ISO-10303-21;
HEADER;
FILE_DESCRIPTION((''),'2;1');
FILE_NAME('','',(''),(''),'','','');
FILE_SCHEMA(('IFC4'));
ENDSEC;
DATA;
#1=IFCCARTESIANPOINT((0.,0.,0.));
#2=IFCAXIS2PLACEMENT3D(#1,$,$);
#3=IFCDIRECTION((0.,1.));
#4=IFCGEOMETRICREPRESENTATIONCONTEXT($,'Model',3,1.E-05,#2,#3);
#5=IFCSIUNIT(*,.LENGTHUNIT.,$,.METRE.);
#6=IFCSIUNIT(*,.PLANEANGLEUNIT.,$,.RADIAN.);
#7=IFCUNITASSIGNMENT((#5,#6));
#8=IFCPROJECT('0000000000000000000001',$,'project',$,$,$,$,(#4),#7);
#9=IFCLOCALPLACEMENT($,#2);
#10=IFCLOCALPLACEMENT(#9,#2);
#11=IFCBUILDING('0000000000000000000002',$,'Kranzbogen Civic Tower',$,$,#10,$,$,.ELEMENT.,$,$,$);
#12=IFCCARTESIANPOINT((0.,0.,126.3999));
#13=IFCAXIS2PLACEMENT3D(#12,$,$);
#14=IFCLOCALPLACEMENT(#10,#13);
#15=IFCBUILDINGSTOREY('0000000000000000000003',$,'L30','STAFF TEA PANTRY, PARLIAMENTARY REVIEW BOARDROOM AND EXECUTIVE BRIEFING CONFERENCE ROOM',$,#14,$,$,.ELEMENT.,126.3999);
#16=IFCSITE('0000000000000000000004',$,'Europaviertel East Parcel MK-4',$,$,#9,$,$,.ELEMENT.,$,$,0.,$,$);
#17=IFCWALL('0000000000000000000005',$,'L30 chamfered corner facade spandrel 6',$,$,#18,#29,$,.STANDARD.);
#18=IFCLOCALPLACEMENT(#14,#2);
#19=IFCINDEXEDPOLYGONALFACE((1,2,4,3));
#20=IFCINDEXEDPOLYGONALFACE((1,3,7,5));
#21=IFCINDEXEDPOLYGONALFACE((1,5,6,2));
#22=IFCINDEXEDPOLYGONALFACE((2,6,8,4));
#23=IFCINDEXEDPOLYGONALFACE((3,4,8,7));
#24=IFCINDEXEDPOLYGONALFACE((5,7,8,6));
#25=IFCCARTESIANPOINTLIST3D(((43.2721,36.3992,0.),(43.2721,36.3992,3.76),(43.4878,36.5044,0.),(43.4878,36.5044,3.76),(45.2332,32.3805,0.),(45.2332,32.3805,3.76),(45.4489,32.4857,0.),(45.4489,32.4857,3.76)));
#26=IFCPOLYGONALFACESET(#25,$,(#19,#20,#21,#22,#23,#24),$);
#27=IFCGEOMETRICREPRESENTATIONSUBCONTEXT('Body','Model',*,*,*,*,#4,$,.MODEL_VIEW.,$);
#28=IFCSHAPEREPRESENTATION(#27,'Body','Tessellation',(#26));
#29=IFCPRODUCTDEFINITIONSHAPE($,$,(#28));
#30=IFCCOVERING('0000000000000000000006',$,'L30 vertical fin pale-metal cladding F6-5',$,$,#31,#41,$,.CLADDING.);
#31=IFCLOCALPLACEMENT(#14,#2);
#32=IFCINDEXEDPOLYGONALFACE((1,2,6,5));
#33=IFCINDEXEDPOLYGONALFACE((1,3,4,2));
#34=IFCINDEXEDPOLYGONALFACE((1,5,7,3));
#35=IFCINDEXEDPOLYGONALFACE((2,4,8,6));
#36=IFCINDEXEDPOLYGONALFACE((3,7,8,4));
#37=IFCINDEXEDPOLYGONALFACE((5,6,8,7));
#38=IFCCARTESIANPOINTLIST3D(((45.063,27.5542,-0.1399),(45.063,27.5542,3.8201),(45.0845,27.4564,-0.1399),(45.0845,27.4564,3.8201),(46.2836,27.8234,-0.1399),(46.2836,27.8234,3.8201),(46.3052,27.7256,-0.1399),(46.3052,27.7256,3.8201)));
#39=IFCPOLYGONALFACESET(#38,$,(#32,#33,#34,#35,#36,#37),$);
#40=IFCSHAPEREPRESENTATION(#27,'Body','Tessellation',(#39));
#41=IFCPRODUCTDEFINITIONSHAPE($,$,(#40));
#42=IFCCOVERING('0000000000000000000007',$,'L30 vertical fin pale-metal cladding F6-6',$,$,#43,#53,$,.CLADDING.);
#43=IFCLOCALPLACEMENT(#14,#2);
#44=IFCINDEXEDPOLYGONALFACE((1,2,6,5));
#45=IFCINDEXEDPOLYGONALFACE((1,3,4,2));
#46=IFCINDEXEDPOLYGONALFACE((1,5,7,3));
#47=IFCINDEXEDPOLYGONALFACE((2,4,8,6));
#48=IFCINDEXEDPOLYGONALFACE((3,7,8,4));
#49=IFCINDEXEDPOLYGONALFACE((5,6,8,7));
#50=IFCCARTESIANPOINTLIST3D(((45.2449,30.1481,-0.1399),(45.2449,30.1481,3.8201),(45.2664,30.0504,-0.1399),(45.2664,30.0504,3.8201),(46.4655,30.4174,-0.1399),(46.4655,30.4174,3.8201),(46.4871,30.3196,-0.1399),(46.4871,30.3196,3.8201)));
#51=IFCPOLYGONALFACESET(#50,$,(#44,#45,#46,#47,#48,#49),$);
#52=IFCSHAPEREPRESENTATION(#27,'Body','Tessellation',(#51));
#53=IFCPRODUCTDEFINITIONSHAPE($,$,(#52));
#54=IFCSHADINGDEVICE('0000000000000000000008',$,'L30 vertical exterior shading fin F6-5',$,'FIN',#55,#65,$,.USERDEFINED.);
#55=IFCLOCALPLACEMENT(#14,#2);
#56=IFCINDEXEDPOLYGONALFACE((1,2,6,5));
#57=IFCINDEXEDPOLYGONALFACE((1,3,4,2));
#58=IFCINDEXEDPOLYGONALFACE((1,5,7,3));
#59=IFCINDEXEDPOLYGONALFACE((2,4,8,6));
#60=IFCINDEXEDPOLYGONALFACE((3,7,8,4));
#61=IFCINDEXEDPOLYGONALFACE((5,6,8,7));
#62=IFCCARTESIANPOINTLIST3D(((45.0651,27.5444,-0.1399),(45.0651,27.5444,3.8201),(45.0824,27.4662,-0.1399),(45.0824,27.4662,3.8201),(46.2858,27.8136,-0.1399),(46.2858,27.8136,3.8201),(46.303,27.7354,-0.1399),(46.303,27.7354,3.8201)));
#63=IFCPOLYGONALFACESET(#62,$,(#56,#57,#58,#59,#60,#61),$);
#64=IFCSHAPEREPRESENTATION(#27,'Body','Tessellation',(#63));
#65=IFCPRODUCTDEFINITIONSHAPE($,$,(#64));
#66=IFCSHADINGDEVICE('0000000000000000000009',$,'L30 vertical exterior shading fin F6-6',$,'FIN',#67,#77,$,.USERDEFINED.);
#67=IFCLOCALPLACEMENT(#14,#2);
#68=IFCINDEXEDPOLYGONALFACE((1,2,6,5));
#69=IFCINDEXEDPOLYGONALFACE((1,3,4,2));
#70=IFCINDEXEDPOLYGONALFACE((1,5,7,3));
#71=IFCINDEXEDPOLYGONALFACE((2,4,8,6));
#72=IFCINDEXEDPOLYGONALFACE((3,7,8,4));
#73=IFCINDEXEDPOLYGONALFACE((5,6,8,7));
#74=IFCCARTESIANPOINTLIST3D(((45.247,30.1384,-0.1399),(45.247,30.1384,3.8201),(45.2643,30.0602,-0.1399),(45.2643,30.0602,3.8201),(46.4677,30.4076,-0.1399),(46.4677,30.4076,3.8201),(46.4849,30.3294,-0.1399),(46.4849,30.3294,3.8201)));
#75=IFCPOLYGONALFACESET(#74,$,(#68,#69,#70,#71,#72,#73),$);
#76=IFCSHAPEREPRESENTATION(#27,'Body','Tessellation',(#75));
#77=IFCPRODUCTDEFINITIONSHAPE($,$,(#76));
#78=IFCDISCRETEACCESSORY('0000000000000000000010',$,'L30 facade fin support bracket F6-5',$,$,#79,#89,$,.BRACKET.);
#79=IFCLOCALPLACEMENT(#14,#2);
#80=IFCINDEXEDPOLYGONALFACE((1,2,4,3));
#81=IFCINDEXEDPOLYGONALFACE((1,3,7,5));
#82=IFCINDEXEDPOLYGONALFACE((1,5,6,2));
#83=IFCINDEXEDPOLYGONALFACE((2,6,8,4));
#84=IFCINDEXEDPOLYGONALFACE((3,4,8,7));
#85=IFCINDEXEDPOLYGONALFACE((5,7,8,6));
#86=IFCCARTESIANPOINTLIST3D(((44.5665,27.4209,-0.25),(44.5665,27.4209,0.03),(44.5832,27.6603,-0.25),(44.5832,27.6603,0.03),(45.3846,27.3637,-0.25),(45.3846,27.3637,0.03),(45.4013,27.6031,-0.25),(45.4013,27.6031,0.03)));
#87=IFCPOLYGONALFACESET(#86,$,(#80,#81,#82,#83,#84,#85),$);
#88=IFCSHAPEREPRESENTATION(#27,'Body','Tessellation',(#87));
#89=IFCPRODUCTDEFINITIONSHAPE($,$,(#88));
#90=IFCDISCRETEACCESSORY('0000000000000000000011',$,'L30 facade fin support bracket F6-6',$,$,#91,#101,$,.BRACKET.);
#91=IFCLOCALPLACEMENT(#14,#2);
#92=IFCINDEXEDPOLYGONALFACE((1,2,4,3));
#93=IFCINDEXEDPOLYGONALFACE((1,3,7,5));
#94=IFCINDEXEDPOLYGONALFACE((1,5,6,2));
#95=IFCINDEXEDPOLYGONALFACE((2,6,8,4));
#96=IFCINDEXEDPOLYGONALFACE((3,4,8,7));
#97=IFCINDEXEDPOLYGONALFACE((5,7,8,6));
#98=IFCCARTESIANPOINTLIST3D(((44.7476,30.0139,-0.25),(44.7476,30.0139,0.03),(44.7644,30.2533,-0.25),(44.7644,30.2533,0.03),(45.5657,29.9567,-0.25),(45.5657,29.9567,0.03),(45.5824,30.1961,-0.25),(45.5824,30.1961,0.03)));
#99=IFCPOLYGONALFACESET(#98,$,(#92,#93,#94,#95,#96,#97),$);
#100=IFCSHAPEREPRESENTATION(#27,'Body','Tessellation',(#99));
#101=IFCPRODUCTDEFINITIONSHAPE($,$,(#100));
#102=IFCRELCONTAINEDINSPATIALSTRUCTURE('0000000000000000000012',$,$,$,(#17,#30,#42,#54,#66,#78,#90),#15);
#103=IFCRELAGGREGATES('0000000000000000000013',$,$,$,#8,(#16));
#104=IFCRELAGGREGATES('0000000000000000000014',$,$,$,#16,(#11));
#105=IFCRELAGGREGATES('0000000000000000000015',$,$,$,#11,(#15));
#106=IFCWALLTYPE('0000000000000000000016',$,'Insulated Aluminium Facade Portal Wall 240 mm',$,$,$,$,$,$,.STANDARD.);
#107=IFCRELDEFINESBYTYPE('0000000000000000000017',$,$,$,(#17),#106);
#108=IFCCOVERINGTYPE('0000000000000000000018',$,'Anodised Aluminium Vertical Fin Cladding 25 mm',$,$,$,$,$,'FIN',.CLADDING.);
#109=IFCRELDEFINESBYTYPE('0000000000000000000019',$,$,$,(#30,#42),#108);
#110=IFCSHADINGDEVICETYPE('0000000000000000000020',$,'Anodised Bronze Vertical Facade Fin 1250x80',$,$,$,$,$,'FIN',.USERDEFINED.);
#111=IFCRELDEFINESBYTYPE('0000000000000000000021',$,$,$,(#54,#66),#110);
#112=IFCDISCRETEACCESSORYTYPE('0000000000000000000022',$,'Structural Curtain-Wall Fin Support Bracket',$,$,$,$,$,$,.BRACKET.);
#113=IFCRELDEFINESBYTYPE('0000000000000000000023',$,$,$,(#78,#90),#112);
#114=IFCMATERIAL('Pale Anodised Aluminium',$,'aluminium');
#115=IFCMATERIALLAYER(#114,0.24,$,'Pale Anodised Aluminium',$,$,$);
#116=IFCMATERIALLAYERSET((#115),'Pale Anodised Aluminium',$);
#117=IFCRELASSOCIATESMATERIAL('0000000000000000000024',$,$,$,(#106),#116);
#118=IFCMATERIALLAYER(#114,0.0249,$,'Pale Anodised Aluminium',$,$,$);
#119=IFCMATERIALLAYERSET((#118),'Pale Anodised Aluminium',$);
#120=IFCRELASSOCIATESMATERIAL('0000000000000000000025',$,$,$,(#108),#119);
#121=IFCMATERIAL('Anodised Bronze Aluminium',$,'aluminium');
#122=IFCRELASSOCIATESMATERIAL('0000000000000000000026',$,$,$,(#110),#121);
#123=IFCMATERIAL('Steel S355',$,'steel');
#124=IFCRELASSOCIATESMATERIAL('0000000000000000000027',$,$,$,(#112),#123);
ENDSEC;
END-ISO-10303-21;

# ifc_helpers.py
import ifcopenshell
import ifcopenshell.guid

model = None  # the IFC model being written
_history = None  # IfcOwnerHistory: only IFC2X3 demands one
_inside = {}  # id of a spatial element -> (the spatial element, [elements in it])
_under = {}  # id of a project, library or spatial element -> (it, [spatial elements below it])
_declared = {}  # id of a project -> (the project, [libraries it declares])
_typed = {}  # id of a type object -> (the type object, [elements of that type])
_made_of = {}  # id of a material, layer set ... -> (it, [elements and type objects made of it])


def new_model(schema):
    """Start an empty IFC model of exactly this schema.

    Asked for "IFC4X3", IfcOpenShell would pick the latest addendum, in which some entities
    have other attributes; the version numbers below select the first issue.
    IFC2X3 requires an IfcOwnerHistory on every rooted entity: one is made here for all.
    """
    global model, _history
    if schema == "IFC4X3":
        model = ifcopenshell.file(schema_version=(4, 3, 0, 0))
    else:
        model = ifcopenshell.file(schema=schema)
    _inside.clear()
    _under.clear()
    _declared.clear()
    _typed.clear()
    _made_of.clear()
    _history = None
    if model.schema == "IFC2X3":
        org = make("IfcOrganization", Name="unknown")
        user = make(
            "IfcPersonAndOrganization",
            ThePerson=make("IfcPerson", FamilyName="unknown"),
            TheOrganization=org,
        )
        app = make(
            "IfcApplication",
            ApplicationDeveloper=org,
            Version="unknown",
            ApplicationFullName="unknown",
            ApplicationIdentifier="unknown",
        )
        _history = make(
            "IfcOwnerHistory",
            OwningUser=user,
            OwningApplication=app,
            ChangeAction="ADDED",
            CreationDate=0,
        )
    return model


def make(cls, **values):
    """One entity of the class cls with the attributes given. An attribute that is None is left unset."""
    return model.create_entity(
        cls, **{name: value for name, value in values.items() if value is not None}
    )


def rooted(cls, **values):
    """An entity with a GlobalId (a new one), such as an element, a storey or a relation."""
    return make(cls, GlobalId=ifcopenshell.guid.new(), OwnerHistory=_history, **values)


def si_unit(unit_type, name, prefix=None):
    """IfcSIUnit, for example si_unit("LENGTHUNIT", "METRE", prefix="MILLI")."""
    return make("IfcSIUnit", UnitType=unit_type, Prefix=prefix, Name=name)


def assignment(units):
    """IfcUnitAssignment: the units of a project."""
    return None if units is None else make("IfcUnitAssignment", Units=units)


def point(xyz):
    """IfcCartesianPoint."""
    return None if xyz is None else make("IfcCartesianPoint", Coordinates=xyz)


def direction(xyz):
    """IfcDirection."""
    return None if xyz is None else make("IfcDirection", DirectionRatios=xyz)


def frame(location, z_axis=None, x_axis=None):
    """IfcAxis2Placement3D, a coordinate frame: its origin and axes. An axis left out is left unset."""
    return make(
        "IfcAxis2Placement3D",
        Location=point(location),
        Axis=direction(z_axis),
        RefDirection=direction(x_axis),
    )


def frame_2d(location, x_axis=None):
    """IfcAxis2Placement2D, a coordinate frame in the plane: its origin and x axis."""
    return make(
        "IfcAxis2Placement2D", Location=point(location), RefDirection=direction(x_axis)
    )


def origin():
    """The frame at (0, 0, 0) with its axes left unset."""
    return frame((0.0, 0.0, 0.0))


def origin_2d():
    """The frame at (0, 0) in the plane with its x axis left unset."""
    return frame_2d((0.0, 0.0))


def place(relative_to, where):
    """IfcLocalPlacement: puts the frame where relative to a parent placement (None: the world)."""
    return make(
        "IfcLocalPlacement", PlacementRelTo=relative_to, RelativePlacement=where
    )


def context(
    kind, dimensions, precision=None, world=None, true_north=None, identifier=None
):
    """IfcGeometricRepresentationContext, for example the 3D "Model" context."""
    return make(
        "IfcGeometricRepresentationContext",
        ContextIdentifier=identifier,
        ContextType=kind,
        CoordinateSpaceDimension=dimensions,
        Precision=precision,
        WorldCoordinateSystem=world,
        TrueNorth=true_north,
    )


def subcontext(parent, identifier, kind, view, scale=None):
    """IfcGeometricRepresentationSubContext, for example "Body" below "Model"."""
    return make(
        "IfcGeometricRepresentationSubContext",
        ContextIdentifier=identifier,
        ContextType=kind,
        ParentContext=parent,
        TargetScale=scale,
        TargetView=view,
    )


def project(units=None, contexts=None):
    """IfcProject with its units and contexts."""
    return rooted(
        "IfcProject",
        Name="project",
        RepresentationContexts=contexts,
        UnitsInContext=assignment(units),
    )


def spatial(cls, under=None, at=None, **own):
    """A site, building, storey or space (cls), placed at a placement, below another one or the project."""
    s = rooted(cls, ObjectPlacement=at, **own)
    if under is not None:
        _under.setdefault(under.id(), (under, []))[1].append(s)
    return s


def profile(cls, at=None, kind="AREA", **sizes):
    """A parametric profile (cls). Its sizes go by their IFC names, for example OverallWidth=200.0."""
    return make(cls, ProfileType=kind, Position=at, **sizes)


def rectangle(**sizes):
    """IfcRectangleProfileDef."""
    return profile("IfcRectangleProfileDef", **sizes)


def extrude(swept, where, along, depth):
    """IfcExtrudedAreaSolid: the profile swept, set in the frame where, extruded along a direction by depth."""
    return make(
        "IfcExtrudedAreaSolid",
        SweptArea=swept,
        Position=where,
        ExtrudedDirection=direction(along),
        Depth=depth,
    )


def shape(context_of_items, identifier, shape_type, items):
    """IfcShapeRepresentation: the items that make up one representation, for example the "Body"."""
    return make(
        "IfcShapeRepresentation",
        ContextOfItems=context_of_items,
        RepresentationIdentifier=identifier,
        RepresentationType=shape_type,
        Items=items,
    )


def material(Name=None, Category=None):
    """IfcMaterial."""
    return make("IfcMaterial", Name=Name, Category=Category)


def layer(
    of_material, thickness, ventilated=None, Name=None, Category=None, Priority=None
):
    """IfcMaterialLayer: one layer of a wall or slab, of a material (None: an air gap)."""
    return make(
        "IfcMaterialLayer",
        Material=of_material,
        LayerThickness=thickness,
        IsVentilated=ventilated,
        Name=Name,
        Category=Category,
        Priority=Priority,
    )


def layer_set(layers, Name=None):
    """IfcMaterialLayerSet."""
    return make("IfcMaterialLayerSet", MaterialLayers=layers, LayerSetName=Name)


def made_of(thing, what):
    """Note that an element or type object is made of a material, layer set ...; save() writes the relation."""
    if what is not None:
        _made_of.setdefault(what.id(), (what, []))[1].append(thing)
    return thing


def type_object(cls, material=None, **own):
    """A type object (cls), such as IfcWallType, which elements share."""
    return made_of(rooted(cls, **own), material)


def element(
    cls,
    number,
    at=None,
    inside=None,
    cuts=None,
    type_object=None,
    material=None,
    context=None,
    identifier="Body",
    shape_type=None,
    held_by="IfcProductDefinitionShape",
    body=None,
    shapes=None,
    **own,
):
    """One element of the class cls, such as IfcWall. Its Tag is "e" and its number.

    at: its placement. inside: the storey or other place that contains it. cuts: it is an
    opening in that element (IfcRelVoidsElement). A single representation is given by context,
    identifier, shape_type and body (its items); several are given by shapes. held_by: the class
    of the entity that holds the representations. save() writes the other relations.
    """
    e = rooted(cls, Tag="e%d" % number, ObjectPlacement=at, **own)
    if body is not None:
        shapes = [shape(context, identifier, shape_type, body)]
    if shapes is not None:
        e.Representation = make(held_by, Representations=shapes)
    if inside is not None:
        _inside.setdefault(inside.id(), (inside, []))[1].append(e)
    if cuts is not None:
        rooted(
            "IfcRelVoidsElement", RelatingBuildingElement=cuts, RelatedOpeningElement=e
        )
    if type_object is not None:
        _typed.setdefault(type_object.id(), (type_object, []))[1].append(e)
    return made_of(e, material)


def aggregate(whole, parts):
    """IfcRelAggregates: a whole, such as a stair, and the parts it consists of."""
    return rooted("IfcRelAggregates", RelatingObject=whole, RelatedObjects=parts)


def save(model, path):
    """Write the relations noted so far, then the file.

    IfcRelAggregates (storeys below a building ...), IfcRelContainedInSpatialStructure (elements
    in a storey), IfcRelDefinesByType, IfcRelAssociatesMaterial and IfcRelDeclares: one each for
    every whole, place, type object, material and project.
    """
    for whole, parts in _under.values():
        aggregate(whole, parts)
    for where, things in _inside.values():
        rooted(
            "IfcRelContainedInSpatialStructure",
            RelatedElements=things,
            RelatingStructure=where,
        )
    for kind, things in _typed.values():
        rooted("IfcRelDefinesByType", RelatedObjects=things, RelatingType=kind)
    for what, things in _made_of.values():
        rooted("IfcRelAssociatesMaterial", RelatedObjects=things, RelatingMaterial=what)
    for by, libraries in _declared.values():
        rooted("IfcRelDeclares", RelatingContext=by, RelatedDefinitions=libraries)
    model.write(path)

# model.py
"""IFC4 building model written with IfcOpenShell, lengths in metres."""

from ifc_helpers import new_model, si_unit, direction, frame, frame_2d, origin, origin_2d, place, context, subcontext, project, spatial, rectangle, extrude, material, layer, layer_set, type_object, element, save


model = new_model("IFC4")

# Units and contexts
model_context = context("Model", 3, precision=1e-05, world=origin(), true_north=direction((0.0, 1.0)))
body_context = subcontext(model_context, "Body", "Model", "MODEL_VIEW")
ifc_project = project(units=[si_unit("LENGTHUNIT", "METRE"), si_unit("PLANEANGLEUNIT", "RADIAN")], contexts=[model_context])

# Site, building, storey
site_placement = place(None, origin())
site = spatial("IfcSite", under=ifc_project, at=site_placement, Name="Europaviertel East Parcel MK-4", CompositionType="ELEMENT", RefElevation=0.0)
building_placement = place(site_placement, origin())
building = spatial("IfcBuilding", under=site, at=building_placement, Name="Kranzbogen Civic Tower", CompositionType="ELEMENT")
storey_placement = place(building_placement, frame((0.0, 0.0, 126.3999)))
storey = spatial("IfcBuildingStorey", under=building, at=storey_placement, Name="L30", Description="STAFF TEA PANTRY, PARLIAMENTARY REVIEW BOARDROOM AND EXECUTIVE BRIEFING CONFERENCE ROOM", CompositionType="ELEMENT", Elevation=126.3999)

# Shared definitions
ifc_material_1 = material(Name="Pale Anodised Aluminium", Category="aluminium")

# Shared definitions
ifc_material_2 = material(Name="Steel S355", Category="steel")

# Wall
ifc_layer_1 = layer(ifc_material_1, 0.24, Name="Pale Anodised Aluminium")
ifc_layer_set_1 = layer_set([ifc_layer_1], Name="Pale Anodised Aluminium")
wall_type_1 = type_object("IfcWallType", Name="Insulated Aluminium Facade Portal Wall 240 mm", PredefinedType="STANDARD", material=ifc_layer_set_1)
wall_1_placement = place(storey_placement, frame((45.3411, 32.4331, 0.0), z_axis=(0.0, 0.0, 1.0), x_axis=(-0.438567, 0.898699, 0.0)))
element("IfcWall", 1, at=wall_1_placement, inside=storey, type_object=wall_type_1, Name="L30 chamfered corner facade spandrel 6", PredefinedType="STANDARD", context=body_context, shape_type="SweptSolid", body=[
    extrude(rectangle(XDim=4.4717, YDim=0.24, at=frame_2d((2.2358, 0.0))), origin(), (0.0, 0.0, 1.0), 3.76),
])

# Coverings
ifc_layer_2 = layer(ifc_material_1, 0.0249, Name="Pale Anodised Aluminium")
ifc_layer_set_2 = layer_set([ifc_layer_2], Name="Pale Anodised Aluminium")
covering_type = type_object("IfcCoveringType", Name="Anodised Aluminium Vertical Fin Cladding 25 mm", ElementType="FIN", PredefinedType="CLADDING", material=ifc_layer_set_2)
for number, where, z_axis, x_axis, name in (
    (2, (45.6841, 27.6399, -0.1399), (0.0, 0.0, 1.0), (0.97653, 0.215383, 0.0), "L30 vertical fin pale-metal cladding F6-5"),
    (3, (45.866, 30.2339, -0.1399), (0.0, 0.0, 1.0), (0.97653, 0.215383, 0.0), "L30 vertical fin pale-metal cladding F6-6"),
):
    element("IfcCovering", number, at=place(storey_placement, frame(where, z_axis=z_axis, x_axis=x_axis)), inside=storey, type_object=covering_type, Name=name, PredefinedType="CLADDING", context=body_context, shape_type="SweptSolid", body=[
        extrude(rectangle(XDim=1.25, YDim=0.1001, at=origin_2d()), origin(), (0.0, 0.0, 1.0), 3.96),
    ])

# Shading devices
ifc_material_3 = material(Name="Anodised Bronze Aluminium", Category="aluminium")
shading_device_type = type_object("IfcShadingDeviceType", Name="Anodised Bronze Vertical Facade Fin 1250x80", ElementType="FIN", PredefinedType="USERDEFINED", material=ifc_material_3)
for number, where, z_axis, x_axis, name in (
    (4, (45.6841, 27.6399, -0.1399), (0.0, 0.0, 1.0), (0.97653, 0.215383, 0.0), "L30 vertical exterior shading fin F6-5"),
    (5, (45.866, 30.2339, -0.1399), (0.0, 0.0, 1.0), (0.97653, 0.215383, 0.0), "L30 vertical exterior shading fin F6-6"),
):
    element("IfcShadingDevice", number, at=place(storey_placement, frame(where, z_axis=z_axis, x_axis=x_axis)), inside=storey, type_object=shading_device_type, Name=name, ObjectType="FIN", PredefinedType="USERDEFINED", context=body_context, shape_type="SweptSolid", body=[
        extrude(rectangle(XDim=1.25, YDim=0.0801, at=origin_2d()), origin(), (0.0, 0.0, 1.0), 3.96),
    ])

# Discrete accessories
discrete_accessory_type = type_object("IfcDiscreteAccessoryType", Name="Structural Curtain-Wall Fin Support Bracket", PredefinedType="BRACKET", material=ifc_material_2)
for number, where, z_axis, x_axis, name in (
    (6, (44.9839, 27.512, -0.25), (0.0, 0.0, 1.0), (0.997564, -0.069756, 0.0), "L30 facade fin support bracket F6-5"),
    (7, (45.165, 30.105, -0.25), (0.0, 0.0, 1.0), (0.997564, -0.069756, 0.0), "L30 facade fin support bracket F6-6"),
):
    element("IfcDiscreteAccessory", number, at=place(storey_placement, frame(where, z_axis=z_axis, x_axis=x_axis)), inside=storey, type_object=discrete_accessory_type, Name=name, PredefinedType="BRACKET", context=body_context, shape_type="SweptSolid", body=[
        extrude(rectangle(XDim=0.8201, YDim=0.24, at=origin_2d()), origin(), (0.0, 0.0, 1.0), 0.28),
    ])

save(model, "model.ifc")
